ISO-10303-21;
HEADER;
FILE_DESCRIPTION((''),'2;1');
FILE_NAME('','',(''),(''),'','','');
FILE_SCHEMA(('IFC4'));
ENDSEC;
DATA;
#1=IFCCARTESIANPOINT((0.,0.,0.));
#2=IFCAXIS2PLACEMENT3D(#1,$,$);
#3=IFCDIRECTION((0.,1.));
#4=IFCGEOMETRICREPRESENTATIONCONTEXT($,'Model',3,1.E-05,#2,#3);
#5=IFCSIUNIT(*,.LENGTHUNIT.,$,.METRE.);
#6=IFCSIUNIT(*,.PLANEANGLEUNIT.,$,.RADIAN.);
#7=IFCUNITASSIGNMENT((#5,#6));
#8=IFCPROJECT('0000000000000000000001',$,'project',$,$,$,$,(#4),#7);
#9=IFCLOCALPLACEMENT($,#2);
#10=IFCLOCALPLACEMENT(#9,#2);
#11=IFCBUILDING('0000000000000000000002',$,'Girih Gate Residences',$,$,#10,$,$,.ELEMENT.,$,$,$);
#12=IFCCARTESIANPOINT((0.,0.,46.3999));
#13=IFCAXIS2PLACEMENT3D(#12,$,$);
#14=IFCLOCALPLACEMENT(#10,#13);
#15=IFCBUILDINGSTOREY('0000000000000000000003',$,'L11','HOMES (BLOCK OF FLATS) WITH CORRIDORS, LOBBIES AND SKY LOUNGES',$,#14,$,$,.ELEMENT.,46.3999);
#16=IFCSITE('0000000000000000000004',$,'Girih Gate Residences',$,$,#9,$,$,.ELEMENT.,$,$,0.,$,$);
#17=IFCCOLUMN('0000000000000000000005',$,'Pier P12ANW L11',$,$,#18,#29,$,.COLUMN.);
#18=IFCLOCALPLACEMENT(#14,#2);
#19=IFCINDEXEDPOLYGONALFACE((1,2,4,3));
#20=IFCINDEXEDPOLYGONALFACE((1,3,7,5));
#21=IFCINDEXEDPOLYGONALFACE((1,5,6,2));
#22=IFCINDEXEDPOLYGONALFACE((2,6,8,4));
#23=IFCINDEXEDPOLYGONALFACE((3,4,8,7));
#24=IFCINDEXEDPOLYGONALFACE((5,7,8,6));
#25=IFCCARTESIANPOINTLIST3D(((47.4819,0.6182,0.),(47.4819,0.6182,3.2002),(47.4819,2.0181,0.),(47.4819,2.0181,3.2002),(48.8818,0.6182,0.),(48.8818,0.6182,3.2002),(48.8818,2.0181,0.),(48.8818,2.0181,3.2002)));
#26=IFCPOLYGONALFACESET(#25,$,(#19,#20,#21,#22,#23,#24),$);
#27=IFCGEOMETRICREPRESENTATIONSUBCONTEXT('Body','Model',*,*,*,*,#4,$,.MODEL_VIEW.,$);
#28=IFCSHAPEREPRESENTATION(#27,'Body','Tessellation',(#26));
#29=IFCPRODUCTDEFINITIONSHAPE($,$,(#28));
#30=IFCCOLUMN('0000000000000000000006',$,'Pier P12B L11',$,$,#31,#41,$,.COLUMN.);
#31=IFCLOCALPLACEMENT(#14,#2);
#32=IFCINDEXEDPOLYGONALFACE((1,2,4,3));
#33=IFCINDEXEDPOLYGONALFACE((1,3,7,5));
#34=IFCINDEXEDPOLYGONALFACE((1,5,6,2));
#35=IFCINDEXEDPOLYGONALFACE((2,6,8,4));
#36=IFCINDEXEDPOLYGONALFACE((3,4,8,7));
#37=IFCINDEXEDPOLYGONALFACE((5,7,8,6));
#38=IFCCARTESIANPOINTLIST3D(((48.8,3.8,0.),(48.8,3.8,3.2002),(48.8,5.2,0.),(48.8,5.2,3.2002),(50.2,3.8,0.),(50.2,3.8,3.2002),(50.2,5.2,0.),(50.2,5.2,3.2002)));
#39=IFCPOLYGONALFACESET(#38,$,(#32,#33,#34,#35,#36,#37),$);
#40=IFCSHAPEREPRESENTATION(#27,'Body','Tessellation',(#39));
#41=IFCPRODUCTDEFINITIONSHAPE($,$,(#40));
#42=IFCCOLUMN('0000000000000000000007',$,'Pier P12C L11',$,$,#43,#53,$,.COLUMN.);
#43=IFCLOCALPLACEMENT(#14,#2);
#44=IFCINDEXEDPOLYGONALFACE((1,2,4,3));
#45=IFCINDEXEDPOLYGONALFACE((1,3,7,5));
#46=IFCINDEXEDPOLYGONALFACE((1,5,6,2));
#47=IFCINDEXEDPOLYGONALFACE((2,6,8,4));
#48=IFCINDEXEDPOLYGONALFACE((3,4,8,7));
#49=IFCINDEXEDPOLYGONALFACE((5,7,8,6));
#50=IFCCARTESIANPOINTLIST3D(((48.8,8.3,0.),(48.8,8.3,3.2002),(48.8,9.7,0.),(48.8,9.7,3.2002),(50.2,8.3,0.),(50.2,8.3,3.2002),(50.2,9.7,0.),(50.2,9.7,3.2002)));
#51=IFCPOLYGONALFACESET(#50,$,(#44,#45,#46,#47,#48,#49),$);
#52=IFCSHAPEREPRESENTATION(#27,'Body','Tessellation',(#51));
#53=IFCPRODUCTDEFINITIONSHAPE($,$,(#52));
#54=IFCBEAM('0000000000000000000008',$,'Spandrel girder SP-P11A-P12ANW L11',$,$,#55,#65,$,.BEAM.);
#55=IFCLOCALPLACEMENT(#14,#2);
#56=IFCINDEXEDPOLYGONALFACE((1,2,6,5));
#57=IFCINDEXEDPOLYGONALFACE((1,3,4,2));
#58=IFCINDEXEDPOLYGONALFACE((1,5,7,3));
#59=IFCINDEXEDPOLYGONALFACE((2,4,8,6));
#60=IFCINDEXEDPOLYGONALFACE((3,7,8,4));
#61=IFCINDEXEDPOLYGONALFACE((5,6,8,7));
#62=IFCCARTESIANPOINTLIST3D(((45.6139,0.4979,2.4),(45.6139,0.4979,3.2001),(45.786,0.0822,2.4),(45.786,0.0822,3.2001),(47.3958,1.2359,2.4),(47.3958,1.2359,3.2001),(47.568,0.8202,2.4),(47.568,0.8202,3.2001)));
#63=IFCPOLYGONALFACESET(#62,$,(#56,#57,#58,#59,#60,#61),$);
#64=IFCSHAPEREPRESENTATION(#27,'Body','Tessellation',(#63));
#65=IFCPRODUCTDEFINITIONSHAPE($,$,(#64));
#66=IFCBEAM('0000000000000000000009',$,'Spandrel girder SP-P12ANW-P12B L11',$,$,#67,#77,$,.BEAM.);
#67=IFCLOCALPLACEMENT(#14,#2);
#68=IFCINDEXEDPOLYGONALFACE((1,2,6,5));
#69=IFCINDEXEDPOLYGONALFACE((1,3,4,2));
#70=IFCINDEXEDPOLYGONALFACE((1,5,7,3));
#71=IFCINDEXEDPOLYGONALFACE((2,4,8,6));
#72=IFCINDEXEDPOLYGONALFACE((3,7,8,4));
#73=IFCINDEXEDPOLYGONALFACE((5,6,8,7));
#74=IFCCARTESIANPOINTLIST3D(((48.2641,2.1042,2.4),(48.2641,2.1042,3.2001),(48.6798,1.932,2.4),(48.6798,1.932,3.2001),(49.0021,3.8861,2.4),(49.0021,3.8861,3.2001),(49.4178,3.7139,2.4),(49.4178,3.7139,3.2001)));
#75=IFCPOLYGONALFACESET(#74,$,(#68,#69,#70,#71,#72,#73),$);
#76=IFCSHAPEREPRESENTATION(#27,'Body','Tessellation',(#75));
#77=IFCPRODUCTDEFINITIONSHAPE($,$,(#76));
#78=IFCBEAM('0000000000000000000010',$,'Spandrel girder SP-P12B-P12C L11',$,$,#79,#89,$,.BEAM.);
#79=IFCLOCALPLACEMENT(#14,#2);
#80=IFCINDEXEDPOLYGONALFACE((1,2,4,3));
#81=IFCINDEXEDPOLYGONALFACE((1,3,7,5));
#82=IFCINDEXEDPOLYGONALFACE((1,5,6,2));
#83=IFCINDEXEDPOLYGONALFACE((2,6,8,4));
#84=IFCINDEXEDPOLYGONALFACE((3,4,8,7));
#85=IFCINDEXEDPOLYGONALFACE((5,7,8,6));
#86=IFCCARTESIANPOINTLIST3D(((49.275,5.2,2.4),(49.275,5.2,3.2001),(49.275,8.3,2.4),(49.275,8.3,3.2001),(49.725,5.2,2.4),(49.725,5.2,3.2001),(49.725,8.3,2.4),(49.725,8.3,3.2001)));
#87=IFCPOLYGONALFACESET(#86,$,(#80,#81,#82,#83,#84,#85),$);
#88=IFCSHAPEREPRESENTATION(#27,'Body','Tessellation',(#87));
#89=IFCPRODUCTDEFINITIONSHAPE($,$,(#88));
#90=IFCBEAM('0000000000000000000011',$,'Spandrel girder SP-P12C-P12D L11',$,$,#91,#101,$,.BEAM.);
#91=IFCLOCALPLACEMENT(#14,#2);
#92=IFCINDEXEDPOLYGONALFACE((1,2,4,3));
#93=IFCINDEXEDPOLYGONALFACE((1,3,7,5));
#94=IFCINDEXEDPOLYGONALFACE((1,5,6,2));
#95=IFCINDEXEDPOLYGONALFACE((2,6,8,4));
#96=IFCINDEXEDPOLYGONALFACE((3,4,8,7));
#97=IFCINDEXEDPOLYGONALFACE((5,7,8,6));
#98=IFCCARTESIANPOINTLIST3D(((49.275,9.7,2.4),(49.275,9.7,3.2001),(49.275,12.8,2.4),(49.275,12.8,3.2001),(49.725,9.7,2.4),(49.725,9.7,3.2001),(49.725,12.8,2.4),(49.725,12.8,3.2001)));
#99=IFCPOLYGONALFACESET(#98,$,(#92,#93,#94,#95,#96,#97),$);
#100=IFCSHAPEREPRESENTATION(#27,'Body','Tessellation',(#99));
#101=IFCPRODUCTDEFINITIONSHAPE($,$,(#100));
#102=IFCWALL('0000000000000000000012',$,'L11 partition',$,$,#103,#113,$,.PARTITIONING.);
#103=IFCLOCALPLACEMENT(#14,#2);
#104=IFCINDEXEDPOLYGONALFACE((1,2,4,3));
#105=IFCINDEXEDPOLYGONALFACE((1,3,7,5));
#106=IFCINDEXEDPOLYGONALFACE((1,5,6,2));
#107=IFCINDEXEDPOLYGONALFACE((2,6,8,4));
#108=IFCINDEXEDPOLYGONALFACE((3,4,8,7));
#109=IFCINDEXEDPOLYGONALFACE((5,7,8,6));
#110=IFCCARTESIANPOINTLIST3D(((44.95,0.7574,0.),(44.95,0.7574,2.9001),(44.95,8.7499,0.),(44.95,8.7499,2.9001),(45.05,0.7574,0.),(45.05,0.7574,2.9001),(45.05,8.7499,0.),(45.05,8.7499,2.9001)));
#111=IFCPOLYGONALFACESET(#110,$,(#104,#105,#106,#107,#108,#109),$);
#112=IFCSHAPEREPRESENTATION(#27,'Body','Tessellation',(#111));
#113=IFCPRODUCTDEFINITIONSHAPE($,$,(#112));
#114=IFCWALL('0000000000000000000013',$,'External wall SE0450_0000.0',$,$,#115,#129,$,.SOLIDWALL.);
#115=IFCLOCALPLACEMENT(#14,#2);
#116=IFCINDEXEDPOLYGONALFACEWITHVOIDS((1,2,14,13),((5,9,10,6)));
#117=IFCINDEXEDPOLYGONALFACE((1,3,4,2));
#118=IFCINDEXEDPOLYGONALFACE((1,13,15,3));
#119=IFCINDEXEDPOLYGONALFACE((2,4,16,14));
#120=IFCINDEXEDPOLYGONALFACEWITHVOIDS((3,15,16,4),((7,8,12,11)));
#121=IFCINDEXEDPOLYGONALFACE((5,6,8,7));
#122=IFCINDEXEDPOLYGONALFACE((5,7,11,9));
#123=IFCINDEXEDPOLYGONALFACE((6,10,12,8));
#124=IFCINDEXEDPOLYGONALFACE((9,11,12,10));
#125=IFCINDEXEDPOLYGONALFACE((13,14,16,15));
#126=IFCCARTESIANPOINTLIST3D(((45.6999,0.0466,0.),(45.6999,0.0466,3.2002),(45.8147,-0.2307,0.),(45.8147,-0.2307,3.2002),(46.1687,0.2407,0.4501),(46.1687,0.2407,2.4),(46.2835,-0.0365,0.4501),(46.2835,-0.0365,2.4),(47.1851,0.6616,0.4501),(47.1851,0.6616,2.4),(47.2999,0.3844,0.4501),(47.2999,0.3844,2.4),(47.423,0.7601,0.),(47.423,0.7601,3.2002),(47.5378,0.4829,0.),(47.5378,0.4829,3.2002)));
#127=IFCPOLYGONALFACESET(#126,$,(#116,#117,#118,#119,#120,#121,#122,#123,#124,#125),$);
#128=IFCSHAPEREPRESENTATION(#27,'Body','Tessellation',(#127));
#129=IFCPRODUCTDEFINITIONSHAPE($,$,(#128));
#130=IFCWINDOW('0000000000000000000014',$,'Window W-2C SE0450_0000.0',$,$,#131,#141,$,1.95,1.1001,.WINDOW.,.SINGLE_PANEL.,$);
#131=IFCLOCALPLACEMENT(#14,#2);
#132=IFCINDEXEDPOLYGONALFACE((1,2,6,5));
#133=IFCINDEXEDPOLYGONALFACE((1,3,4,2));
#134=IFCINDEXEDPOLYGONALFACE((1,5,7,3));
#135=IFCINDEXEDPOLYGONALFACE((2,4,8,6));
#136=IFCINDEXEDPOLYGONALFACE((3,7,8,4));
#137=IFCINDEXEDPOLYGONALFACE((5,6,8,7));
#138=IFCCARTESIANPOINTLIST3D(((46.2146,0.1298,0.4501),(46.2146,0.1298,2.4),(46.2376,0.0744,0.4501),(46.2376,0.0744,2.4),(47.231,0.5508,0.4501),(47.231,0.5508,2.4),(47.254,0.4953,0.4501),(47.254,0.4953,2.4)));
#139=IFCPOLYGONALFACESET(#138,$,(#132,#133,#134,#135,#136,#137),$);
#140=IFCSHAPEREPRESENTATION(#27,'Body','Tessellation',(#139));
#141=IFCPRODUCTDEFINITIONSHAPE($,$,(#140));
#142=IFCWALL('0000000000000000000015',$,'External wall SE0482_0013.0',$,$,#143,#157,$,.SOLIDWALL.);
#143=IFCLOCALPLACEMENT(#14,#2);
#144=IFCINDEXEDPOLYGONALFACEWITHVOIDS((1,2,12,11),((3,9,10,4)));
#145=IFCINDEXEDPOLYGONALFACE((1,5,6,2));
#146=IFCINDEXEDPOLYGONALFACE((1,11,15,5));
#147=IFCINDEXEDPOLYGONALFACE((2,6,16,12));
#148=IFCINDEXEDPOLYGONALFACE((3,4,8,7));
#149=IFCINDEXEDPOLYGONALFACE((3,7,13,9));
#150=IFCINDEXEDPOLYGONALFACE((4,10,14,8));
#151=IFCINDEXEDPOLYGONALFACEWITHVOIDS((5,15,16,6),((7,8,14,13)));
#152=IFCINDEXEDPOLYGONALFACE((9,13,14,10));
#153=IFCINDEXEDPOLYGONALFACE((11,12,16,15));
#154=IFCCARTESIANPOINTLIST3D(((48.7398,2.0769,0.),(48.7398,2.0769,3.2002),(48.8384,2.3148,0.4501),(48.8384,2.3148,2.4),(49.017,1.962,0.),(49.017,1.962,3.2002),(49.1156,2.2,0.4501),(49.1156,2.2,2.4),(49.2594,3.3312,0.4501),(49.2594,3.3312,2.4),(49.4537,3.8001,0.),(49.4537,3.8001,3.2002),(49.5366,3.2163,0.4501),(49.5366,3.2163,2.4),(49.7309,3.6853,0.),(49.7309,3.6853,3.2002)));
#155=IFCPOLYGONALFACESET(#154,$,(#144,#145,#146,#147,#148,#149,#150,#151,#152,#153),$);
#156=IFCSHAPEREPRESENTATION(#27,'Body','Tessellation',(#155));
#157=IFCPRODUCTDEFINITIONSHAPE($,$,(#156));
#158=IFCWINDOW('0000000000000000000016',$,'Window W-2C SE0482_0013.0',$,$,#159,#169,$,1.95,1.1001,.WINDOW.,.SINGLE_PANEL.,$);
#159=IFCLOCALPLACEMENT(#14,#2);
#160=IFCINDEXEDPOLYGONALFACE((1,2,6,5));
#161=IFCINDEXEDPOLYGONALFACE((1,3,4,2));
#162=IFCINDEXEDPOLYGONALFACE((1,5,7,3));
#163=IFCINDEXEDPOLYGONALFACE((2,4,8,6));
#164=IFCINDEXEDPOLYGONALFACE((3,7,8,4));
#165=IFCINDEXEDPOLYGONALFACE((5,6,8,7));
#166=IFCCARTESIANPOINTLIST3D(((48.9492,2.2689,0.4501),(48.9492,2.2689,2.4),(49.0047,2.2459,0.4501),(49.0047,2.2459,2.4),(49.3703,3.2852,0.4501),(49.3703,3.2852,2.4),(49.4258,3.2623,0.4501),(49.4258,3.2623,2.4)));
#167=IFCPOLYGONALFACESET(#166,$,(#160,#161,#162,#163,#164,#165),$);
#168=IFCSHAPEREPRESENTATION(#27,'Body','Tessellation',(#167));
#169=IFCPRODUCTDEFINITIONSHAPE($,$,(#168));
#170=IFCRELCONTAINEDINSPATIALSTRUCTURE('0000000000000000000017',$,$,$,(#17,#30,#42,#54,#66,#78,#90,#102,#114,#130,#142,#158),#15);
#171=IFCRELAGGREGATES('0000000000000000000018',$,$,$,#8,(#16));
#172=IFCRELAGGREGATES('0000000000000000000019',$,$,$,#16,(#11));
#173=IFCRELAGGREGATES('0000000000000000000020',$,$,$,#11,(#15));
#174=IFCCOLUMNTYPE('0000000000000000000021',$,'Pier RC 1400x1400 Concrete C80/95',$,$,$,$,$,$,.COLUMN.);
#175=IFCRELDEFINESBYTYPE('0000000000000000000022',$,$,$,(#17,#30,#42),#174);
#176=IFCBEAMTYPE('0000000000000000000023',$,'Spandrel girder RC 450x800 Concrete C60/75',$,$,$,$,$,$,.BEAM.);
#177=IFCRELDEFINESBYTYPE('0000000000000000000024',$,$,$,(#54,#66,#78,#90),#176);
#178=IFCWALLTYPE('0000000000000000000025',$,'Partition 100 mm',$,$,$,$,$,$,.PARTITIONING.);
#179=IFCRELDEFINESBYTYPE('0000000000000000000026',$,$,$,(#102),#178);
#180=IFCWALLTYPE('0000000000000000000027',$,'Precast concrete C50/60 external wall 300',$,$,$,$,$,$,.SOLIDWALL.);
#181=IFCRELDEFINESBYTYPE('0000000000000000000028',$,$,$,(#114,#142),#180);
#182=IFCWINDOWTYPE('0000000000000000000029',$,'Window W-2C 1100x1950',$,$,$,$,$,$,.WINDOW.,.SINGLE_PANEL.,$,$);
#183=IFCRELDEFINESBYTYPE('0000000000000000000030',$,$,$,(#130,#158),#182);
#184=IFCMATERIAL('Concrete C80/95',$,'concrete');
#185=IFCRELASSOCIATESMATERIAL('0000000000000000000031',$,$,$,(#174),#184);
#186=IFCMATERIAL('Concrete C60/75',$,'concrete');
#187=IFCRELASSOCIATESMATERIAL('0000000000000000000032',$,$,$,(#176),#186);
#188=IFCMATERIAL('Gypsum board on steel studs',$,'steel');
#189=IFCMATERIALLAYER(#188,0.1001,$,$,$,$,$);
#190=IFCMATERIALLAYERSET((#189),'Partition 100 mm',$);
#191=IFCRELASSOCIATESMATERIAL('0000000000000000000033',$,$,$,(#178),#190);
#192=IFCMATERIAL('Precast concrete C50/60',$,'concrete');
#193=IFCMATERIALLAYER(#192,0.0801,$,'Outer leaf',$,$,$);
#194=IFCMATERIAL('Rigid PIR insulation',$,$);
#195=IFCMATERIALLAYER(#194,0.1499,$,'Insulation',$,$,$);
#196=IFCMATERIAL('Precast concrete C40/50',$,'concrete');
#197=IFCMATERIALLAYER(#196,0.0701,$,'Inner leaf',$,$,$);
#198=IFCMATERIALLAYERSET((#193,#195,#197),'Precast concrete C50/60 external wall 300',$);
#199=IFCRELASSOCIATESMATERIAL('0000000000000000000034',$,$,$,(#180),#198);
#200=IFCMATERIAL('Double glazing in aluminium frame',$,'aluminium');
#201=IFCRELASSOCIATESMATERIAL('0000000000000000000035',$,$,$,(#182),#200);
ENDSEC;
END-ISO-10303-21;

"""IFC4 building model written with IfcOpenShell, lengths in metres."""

from ifc_helpers import new_model, si_unit, direction, frame, frame_2d, origin, origin_2d, place, context, subcontext, project, spatial, rectangle, extrude, material, layer, layer_set, material_profile, profile_set, type_object, element, fill, save


model = new_model("IFC4")

# Units and contexts
model_context = context("Model", 3, precision=1e-05, world=origin(), true_north=direction((0.0, 1.0)))
body_context = subcontext(model_context, "Body", "Model", "MODEL_VIEW")
ifc_project = project(units=[si_unit("LENGTHUNIT", "METRE"), si_unit("PLANEANGLEUNIT", "RADIAN")], contexts=[model_context])

# Site, building, storey
site_placement = place(None, origin())
site = spatial("IfcSite", under=ifc_project, at=site_placement, Name="Girih Gate Residences", CompositionType="ELEMENT", RefElevation=0.0)
building_placement = place(site_placement, origin())
building = spatial("IfcBuilding", under=site, at=building_placement, Name="Girih Gate Residences", CompositionType="ELEMENT")
storey_placement = place(building_placement, frame((0.0, 0.0, 46.3999)))
storey = spatial("IfcBuildingStorey", under=building, at=storey_placement, Name="L11", Description="HOMES (BLOCK OF FLATS) WITH CORRIDORS, LOBBIES AND SKY LOUNGES", CompositionType="ELEMENT", Elevation=46.3999)

# Columns
ifc_material_1 = material(Name="Concrete C80/95", Category="concrete")
ifc_material_profile_1 = material_profile(ifc_material_1, rectangle(XDim=1.3999, YDim=1.3999, at=origin_2d()))
ifc_profile_set_1 = profile_set([ifc_material_profile_1], Name="Concrete C80/95")
column_type = type_object("IfcColumnType", Name="Pier RC 1400x1400 Concrete C80/95", PredefinedType="COLUMN", material=ifc_profile_set_1)
for number, where, z_axis, x_axis, name in (
    (1, (48.1819, 1.3181, 0.0), (0.0, 0.0, 1.0), (1.0, 0.0, 0.0), "Pier P12ANW L11"),
    (2, (49.5, 4.5, 0.0), (0.0, 0.0, 1.0), (1.0, 0.0, 0.0), "Pier P12B L11"),
    (3, (49.5, 9.0, 0.0), (0.0, 0.0, 1.0), (1.0, 0.0, 0.0), "Pier P12C L11"),
):
    element("IfcColumn", number, at=place(storey_placement, frame(where, z_axis=z_axis, x_axis=x_axis)), inside=storey, type_object=column_type, Name=name, PredefinedType="COLUMN", context=body_context, shape_type="SweptSolid", body=[
        extrude(rectangle(XDim=1.3999, YDim=1.3999, at=origin_2d()), origin(), (0.0, 0.0, 1.0), 3.2002),
    ])

# Beams
ifc_material_2 = material(Name="Concrete C60/75", Category="concrete")
ifc_material_profile_2 = material_profile(ifc_material_2, rectangle(XDim=0.45, YDim=0.8, at=origin_2d()))
ifc_profile_set_2 = profile_set([ifc_material_profile_2], Name="Concrete C60/75")
beam_type = type_object("IfcBeamType", Name="Spandrel girder RC 450x800 Concrete C60/75", PredefinedType="BEAM", material=ifc_profile_set_2)
for number, where, z_axis, x_axis, name in (
    (4, (45.7, 0.29, 2.8), (0.923895, 0.382646, 0.0), (-0.382646, 0.923895, 0.0), "Spandrel girder SP-P11A-P12ANW L11"),
    (5, (48.4719, 2.0181, 2.8), (0.382646, 0.923895, 0.0), (-0.923895, 0.382646, 0.0), "Spandrel girder SP-P12ANW-P12B L11"),
):
    element("IfcBeam", number, at=place(storey_placement, frame(where, z_axis=z_axis, x_axis=x_axis)), inside=storey, type_object=beam_type, Name=name, PredefinedType="BEAM", context=body_context, shape_type="SweptSolid", body=[
        extrude(rectangle(XDim=0.45, YDim=0.8, at=origin_2d()), origin(), (0.0, 0.0, 1.0), 1.9287),
    ])
for number, where, z_axis, x_axis, name in (
    (6, (49.5, 5.2, 2.8), (0.0, 1.0, 0.0), (-1.0, 0.0, 0.0), "Spandrel girder SP-P12B-P12C L11"),
    (7, (49.5, 9.7, 2.8), (0.0, 1.0, 0.0), (-1.0, 0.0, 0.0), "Spandrel girder SP-P12C-P12D L11"),
):
    element("IfcBeam", number, at=place(storey_placement, frame(where, z_axis=z_axis, x_axis=x_axis)), inside=storey, type_object=beam_type, Name=name, PredefinedType="BEAM", context=body_context, shape_type="SweptSolid", body=[
        extrude(rectangle(XDim=0.45, YDim=0.8, at=origin_2d()), origin(), (0.0, 0.0, 1.0), 3.1001),
    ])

# Wall
ifc_material_3 = material(Name="Gypsum board on steel studs", Category="steel")
ifc_layer_1 = layer(ifc_material_3, 0.1001)
ifc_layer_set_1 = layer_set([ifc_layer_1], Name="Partition 100 mm")
wall_type_1 = type_object("IfcWallType", Name="Partition 100 mm", PredefinedType="PARTITIONING", material=ifc_layer_set_1)
wall_1_placement = place(storey_placement, frame((45.0, 0.7576, 0.0), z_axis=(0.0, 0.0, 1.0), x_axis=(0.0, 1.0, 0.0)))
element("IfcWall", 8, at=wall_1_placement, inside=storey, type_object=wall_type_1, Name="L11 partition", PredefinedType="PARTITIONING", context=body_context, shape_type="SweptSolid", body=[
    extrude(rectangle(XDim=7.9924, YDim=0.1001, at=frame_2d((3.9961, 0.0))), origin(), (0.0, 0.0, 1.0), 2.9001),
])

# Walls, openings, windows
ifc_material_4 = material(Name="Precast concrete C50/60", Category="concrete")
ifc_layer_2 = layer(ifc_material_4, 0.0801, Name="Outer leaf")
ifc_material_5 = material(Name="Rigid PIR insulation")
ifc_layer_3 = layer(ifc_material_5, 0.1499, Name="Insulation")
ifc_material_6 = material(Name="Precast concrete C40/50", Category="concrete")
ifc_layer_4 = layer(ifc_material_6, 0.0701, Name="Inner leaf")
ifc_layer_set_2 = layer_set([ifc_layer_2, ifc_layer_3, ifc_layer_4], Name="Precast concrete C50/60 external wall 300")
wall_type_2 = type_object("IfcWallType", Name="Precast concrete C50/60 external wall 300", PredefinedType="SOLIDWALL", material=ifc_layer_set_2)
wall_2_placement = place(storey_placement, frame((47.4805, 0.6216, 0.0), z_axis=(0.0, 0.0, 1.0), x_axis=(-0.923904, -0.382625, 0.0)))
wall_2 = element("IfcWall", 9, at=wall_2_placement, inside=storey, type_object=wall_type_2, Name="External wall SE0450_0000.0", PredefinedType="SOLIDWALL", context=body_context, shape_type="SweptSolid", body=[
    extrude(rectangle(XDim=1.865, YDim=0.3, at=frame_2d((0.9326, 0.0))), origin(), (0.0, 0.0, 1.0), 3.2002),
])
opening_1_placement = place(wall_2_placement, frame((0.2576, 0.0, 0.45)))
opening_1 = element("IfcOpeningElement", 10, at=opening_1_placement, cuts=wall_2, PredefinedType="OPENING", context=body_context, shape_type="SweptSolid", body=[
    extrude(rectangle(XDim=1.1001, YDim=1.95, at=frame_2d((0.55, 0.9751))), frame((0.0, 0.1599, 0.0), z_axis=(0.0, -1.0, 0.0), x_axis=(1.0, 0.0, 0.0)), (0.0, 0.0, 1.0), 0.3201),
])
ifc_material_7 = material(Name="Double glazing in aluminium frame", Category="aluminium")
window_type_1 = type_object("IfcWindowType", Name="Window W-2C 1100x1950", PartitioningType="SINGLE_PANEL", PredefinedType="WINDOW", material=ifc_material_7)
window_1_placement = place(opening_1_placement, origin())
window_1 = element("IfcWindow", 11, at=window_1_placement, inside=storey, type_object=window_type_1, Name="Window W-2C SE0450_0000.0", OverallHeight=1.95, OverallWidth=1.1001, PartitioningType="SINGLE_PANEL", PredefinedType="WINDOW", context=body_context, shape_type="SweptSolid", body=[
    extrude(rectangle(XDim=1.1001, YDim=1.95, at=frame_2d((0.55, 0.9751))), frame((0.0, 0.03, 0.0), z_axis=(0.0, -1.0, 0.0), x_axis=(1.0, 0.0, 0.0)), (0.0, 0.0, 1.0), 0.0601),
])
fill(opening_1, window_1)
wall_3_placement = place(storey_placement, frame((49.5923, 3.7427, 0.0), z_axis=(0.0, 0.0, 1.0), x_axis=(-0.382737, -0.923857, 0.0)))
wall_3 = element("IfcWall", 12, at=wall_3_placement, inside=storey, type_object=wall_type_2, Name="External wall SE0482_0013.0", PredefinedType="SOLIDWALL", context=body_context, shape_type="SweptSolid", body=[
    extrude(rectangle(XDim=1.8652, YDim=0.3, at=frame_2d((0.9326, 0.0))), origin(), (0.0, 0.0, 1.0), 3.2002),
])
opening_2_placement = place(wall_3_placement, frame((0.5076, 0.0, 0.45)))
opening_2 = element("IfcOpeningElement", 13, at=opening_2_placement, cuts=wall_3, PredefinedType="OPENING", context=body_context, shape_type="SweptSolid", body=[
    extrude(rectangle(XDim=1.1001, YDim=1.95, at=frame_2d((0.55, 0.9751))), frame((0.0, 0.1599, 0.0), z_axis=(0.0, -1.0, 0.0), x_axis=(1.0, 0.0, 0.0)), (0.0, 0.0, 1.0), 0.3201),
])
window_2_placement = place(opening_2_placement, origin())
window_2 = element("IfcWindow", 14, at=window_2_placement, inside=storey, type_object=window_type_1, Name="Window W-2C SE0482_0013.0", OverallHeight=1.95, OverallWidth=1.1001, PartitioningType="SINGLE_PANEL", PredefinedType="WINDOW", context=body_context, shape_type="SweptSolid", body=[
    extrude(rectangle(XDim=1.1001, YDim=1.95, at=frame_2d((0.55, 0.9751))), frame((0.0, 0.03, 0.0), z_axis=(0.0, -1.0, 0.0), x_axis=(1.0, 0.0, 0.0)), (0.0, 0.0, 1.0), 0.0601),
])
fill(opening_2, window_2)

save(model, "model.ifc")
